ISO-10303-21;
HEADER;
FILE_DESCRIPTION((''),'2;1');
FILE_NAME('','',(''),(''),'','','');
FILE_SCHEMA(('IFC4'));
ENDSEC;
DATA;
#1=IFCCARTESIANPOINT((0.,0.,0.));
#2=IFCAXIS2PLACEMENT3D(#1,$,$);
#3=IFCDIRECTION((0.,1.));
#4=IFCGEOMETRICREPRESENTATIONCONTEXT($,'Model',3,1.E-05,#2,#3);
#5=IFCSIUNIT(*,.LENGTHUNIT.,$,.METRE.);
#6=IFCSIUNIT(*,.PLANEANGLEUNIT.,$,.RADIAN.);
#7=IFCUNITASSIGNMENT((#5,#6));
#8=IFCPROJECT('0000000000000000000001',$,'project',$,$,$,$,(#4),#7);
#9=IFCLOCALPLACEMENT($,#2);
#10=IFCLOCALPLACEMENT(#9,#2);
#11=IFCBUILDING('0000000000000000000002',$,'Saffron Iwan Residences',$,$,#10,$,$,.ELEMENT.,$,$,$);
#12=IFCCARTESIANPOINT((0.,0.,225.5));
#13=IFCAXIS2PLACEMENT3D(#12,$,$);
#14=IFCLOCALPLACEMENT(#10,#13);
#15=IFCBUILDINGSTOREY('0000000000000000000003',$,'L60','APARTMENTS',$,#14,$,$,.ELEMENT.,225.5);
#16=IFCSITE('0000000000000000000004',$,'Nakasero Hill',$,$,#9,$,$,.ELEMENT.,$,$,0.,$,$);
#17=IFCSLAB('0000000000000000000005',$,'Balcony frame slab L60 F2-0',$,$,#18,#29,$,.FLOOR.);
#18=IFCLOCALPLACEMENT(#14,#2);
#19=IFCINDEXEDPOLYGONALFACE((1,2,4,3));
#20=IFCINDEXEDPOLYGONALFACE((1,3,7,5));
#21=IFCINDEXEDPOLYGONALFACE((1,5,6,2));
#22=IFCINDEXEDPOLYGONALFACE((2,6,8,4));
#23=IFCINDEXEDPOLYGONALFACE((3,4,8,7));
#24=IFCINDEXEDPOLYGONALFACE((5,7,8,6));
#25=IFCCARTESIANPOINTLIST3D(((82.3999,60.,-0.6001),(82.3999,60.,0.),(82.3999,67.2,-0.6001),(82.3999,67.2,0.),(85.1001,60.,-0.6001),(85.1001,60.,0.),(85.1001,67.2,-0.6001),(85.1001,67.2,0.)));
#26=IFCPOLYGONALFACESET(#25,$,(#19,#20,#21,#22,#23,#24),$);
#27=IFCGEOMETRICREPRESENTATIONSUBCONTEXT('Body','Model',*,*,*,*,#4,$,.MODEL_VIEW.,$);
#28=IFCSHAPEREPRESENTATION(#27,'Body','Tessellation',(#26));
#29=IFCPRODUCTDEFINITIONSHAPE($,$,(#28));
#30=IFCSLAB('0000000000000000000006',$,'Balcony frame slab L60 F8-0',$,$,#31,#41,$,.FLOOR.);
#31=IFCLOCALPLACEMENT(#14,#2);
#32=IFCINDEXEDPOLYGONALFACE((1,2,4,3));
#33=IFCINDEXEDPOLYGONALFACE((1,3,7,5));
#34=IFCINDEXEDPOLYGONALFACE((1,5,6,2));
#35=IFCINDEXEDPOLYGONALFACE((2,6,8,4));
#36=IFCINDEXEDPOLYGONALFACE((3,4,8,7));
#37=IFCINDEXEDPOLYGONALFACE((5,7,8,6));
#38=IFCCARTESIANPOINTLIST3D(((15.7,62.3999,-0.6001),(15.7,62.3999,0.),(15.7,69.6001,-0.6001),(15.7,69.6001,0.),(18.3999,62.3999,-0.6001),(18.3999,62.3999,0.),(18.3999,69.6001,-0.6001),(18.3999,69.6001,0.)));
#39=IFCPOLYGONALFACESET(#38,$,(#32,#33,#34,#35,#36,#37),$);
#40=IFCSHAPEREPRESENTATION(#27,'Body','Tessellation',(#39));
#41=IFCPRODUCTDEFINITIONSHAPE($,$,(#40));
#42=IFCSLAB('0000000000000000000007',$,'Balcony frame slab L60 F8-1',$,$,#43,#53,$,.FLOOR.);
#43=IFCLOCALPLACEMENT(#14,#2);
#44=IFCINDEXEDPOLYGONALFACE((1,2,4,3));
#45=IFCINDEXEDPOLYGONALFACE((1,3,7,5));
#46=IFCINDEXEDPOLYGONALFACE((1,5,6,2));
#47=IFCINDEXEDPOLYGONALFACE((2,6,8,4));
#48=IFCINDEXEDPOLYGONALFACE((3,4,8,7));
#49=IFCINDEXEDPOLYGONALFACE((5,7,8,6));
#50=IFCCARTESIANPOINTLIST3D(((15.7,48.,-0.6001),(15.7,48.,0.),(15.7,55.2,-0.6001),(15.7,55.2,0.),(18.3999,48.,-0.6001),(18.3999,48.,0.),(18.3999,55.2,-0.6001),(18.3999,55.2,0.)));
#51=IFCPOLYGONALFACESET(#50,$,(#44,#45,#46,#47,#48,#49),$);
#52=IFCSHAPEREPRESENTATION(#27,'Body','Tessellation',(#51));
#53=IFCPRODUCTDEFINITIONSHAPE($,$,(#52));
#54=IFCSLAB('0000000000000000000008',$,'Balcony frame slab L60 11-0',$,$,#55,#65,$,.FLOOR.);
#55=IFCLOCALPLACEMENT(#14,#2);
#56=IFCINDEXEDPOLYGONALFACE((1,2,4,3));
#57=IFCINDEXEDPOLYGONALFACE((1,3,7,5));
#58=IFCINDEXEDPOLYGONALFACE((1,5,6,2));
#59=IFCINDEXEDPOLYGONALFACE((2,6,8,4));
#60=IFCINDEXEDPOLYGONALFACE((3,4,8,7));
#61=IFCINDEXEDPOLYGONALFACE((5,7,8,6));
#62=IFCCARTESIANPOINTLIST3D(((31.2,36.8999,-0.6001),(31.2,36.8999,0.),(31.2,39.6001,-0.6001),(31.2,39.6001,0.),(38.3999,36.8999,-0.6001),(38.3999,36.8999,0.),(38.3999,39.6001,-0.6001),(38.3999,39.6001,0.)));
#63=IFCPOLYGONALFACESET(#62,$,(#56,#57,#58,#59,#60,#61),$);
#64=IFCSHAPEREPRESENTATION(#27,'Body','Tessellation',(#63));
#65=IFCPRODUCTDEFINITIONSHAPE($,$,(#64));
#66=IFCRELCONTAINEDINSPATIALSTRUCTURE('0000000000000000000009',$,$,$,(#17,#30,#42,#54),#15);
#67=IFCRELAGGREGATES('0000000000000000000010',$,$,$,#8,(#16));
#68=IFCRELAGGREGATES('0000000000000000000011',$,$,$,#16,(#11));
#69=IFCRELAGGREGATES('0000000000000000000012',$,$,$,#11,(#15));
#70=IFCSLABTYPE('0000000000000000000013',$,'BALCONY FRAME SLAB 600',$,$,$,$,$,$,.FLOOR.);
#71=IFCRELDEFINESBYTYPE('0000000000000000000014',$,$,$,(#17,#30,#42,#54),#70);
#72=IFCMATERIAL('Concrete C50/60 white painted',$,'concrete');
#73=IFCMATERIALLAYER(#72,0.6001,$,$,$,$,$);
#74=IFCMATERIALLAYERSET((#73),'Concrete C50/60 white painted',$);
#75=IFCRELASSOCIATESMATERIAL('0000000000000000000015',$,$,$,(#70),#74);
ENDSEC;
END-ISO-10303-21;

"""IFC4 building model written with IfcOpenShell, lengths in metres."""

from ifc_helpers import new_model, si_unit, direction, frame, origin, place, context, subcontext, project, spatial, polyline, outline, extrude, material, layer, layer_set, type_object, element, save


model = new_model("IFC4")

# Units and contexts
model_context = context("Model", 3, precision=1e-05, world=origin(), true_north=direction((0.0, 1.0)))
body_context = subcontext(model_context, "Body", "Model", "MODEL_VIEW")
ifc_project = project(units=[si_unit("LENGTHUNIT", "METRE"), si_unit("PLANEANGLEUNIT", "RADIAN")], contexts=[model_context])

# Site, building, storey
site_placement = place(None, origin())
site = spatial("IfcSite", under=ifc_project, at=site_placement, Name="Nakasero Hill", CompositionType="ELEMENT", RefElevation=0.0)
building_placement = place(site_placement, origin())
building = spatial("IfcBuilding", under=site, at=building_placement, Name="Saffron Iwan Residences", CompositionType="ELEMENT")
storey_placement = place(building_placement, frame((0.0, 0.0, 225.5)))
storey = spatial("IfcBuildingStorey", under=building, at=storey_placement, Name="L60", Description="APARTMENTS", CompositionType="ELEMENT", Elevation=225.5)

# Slabs
ifc_material_1 = material(Name="Concrete C50/60 white painted", Category="concrete")
ifc_layer_1 = layer(ifc_material_1, 0.6001)
ifc_layer_set_1 = layer_set([ifc_layer_1], Name="Concrete C50/60 white painted")
slab_type_1 = type_object("IfcSlabType", Name="BALCONY FRAME SLAB 600", PredefinedType="FLOOR", material=ifc_layer_set_1)
slab_1_placement = place(storey_placement, frame((0.0, 0.0, -0.6001)))
element("IfcSlab", 1, at=slab_1_placement, inside=storey, type_object=slab_type_1, Name="Balcony frame slab L60 F2-0", PredefinedType="FLOOR", context=body_context, shape_type="SweptSolid", body=[
    extrude(outline(polyline([(85.1001, 60.0), (85.1001, 67.2), (82.3999, 67.2), (82.3999, 60.0), (85.1001, 60.0)])), origin(), (0.0, 0.0, 1.0), 0.6001),
])
slab_2_placement = place(storey_placement, frame((0.0, 0.0, -0.6001)))
element("IfcSlab", 2, at=slab_2_placement, inside=storey, type_object=slab_type_1, Name="Balcony frame slab L60 F8-0", PredefinedType="FLOOR", context=body_context, shape_type="SweptSolid", body=[
    extrude(outline(polyline([(15.7, 69.6001), (15.7, 62.3999), (18.3999, 62.3999), (18.3999, 69.6001), (15.7, 69.6001)])), origin(), (0.0, 0.0, 1.0), 0.6001),
])
slab_3_placement = place(storey_placement, frame((0.0, 0.0, -0.6001)))
element("IfcSlab", 3, at=slab_3_placement, inside=storey, type_object=slab_type_1, Name="Balcony frame slab L60 F8-1", PredefinedType="FLOOR", context=body_context, shape_type="SweptSolid", body=[
    extrude(outline(polyline([(15.7, 55.2), (15.7, 48.0), (18.3999, 48.0), (18.3999, 55.2), (15.7, 55.2)])), origin(), (0.0, 0.0, 1.0), 0.6001),
])
slab_4_placement = place(storey_placement, frame((0.0, 0.0, -0.6001)))
element("IfcSlab", 4, at=slab_4_placement, inside=storey, type_object=slab_type_1, Name="Balcony frame slab L60 11-0", PredefinedType="FLOOR", context=body_context, shape_type="SweptSolid", body=[
    extrude(outline(polyline([(31.2, 36.8999), (38.3999, 36.8999), (38.3999, 39.6001), (31.2, 39.6001), (31.2, 36.8999)])), origin(), (0.0, 0.0, 1.0), 0.6001),
])

save(model, "model.ifc")
